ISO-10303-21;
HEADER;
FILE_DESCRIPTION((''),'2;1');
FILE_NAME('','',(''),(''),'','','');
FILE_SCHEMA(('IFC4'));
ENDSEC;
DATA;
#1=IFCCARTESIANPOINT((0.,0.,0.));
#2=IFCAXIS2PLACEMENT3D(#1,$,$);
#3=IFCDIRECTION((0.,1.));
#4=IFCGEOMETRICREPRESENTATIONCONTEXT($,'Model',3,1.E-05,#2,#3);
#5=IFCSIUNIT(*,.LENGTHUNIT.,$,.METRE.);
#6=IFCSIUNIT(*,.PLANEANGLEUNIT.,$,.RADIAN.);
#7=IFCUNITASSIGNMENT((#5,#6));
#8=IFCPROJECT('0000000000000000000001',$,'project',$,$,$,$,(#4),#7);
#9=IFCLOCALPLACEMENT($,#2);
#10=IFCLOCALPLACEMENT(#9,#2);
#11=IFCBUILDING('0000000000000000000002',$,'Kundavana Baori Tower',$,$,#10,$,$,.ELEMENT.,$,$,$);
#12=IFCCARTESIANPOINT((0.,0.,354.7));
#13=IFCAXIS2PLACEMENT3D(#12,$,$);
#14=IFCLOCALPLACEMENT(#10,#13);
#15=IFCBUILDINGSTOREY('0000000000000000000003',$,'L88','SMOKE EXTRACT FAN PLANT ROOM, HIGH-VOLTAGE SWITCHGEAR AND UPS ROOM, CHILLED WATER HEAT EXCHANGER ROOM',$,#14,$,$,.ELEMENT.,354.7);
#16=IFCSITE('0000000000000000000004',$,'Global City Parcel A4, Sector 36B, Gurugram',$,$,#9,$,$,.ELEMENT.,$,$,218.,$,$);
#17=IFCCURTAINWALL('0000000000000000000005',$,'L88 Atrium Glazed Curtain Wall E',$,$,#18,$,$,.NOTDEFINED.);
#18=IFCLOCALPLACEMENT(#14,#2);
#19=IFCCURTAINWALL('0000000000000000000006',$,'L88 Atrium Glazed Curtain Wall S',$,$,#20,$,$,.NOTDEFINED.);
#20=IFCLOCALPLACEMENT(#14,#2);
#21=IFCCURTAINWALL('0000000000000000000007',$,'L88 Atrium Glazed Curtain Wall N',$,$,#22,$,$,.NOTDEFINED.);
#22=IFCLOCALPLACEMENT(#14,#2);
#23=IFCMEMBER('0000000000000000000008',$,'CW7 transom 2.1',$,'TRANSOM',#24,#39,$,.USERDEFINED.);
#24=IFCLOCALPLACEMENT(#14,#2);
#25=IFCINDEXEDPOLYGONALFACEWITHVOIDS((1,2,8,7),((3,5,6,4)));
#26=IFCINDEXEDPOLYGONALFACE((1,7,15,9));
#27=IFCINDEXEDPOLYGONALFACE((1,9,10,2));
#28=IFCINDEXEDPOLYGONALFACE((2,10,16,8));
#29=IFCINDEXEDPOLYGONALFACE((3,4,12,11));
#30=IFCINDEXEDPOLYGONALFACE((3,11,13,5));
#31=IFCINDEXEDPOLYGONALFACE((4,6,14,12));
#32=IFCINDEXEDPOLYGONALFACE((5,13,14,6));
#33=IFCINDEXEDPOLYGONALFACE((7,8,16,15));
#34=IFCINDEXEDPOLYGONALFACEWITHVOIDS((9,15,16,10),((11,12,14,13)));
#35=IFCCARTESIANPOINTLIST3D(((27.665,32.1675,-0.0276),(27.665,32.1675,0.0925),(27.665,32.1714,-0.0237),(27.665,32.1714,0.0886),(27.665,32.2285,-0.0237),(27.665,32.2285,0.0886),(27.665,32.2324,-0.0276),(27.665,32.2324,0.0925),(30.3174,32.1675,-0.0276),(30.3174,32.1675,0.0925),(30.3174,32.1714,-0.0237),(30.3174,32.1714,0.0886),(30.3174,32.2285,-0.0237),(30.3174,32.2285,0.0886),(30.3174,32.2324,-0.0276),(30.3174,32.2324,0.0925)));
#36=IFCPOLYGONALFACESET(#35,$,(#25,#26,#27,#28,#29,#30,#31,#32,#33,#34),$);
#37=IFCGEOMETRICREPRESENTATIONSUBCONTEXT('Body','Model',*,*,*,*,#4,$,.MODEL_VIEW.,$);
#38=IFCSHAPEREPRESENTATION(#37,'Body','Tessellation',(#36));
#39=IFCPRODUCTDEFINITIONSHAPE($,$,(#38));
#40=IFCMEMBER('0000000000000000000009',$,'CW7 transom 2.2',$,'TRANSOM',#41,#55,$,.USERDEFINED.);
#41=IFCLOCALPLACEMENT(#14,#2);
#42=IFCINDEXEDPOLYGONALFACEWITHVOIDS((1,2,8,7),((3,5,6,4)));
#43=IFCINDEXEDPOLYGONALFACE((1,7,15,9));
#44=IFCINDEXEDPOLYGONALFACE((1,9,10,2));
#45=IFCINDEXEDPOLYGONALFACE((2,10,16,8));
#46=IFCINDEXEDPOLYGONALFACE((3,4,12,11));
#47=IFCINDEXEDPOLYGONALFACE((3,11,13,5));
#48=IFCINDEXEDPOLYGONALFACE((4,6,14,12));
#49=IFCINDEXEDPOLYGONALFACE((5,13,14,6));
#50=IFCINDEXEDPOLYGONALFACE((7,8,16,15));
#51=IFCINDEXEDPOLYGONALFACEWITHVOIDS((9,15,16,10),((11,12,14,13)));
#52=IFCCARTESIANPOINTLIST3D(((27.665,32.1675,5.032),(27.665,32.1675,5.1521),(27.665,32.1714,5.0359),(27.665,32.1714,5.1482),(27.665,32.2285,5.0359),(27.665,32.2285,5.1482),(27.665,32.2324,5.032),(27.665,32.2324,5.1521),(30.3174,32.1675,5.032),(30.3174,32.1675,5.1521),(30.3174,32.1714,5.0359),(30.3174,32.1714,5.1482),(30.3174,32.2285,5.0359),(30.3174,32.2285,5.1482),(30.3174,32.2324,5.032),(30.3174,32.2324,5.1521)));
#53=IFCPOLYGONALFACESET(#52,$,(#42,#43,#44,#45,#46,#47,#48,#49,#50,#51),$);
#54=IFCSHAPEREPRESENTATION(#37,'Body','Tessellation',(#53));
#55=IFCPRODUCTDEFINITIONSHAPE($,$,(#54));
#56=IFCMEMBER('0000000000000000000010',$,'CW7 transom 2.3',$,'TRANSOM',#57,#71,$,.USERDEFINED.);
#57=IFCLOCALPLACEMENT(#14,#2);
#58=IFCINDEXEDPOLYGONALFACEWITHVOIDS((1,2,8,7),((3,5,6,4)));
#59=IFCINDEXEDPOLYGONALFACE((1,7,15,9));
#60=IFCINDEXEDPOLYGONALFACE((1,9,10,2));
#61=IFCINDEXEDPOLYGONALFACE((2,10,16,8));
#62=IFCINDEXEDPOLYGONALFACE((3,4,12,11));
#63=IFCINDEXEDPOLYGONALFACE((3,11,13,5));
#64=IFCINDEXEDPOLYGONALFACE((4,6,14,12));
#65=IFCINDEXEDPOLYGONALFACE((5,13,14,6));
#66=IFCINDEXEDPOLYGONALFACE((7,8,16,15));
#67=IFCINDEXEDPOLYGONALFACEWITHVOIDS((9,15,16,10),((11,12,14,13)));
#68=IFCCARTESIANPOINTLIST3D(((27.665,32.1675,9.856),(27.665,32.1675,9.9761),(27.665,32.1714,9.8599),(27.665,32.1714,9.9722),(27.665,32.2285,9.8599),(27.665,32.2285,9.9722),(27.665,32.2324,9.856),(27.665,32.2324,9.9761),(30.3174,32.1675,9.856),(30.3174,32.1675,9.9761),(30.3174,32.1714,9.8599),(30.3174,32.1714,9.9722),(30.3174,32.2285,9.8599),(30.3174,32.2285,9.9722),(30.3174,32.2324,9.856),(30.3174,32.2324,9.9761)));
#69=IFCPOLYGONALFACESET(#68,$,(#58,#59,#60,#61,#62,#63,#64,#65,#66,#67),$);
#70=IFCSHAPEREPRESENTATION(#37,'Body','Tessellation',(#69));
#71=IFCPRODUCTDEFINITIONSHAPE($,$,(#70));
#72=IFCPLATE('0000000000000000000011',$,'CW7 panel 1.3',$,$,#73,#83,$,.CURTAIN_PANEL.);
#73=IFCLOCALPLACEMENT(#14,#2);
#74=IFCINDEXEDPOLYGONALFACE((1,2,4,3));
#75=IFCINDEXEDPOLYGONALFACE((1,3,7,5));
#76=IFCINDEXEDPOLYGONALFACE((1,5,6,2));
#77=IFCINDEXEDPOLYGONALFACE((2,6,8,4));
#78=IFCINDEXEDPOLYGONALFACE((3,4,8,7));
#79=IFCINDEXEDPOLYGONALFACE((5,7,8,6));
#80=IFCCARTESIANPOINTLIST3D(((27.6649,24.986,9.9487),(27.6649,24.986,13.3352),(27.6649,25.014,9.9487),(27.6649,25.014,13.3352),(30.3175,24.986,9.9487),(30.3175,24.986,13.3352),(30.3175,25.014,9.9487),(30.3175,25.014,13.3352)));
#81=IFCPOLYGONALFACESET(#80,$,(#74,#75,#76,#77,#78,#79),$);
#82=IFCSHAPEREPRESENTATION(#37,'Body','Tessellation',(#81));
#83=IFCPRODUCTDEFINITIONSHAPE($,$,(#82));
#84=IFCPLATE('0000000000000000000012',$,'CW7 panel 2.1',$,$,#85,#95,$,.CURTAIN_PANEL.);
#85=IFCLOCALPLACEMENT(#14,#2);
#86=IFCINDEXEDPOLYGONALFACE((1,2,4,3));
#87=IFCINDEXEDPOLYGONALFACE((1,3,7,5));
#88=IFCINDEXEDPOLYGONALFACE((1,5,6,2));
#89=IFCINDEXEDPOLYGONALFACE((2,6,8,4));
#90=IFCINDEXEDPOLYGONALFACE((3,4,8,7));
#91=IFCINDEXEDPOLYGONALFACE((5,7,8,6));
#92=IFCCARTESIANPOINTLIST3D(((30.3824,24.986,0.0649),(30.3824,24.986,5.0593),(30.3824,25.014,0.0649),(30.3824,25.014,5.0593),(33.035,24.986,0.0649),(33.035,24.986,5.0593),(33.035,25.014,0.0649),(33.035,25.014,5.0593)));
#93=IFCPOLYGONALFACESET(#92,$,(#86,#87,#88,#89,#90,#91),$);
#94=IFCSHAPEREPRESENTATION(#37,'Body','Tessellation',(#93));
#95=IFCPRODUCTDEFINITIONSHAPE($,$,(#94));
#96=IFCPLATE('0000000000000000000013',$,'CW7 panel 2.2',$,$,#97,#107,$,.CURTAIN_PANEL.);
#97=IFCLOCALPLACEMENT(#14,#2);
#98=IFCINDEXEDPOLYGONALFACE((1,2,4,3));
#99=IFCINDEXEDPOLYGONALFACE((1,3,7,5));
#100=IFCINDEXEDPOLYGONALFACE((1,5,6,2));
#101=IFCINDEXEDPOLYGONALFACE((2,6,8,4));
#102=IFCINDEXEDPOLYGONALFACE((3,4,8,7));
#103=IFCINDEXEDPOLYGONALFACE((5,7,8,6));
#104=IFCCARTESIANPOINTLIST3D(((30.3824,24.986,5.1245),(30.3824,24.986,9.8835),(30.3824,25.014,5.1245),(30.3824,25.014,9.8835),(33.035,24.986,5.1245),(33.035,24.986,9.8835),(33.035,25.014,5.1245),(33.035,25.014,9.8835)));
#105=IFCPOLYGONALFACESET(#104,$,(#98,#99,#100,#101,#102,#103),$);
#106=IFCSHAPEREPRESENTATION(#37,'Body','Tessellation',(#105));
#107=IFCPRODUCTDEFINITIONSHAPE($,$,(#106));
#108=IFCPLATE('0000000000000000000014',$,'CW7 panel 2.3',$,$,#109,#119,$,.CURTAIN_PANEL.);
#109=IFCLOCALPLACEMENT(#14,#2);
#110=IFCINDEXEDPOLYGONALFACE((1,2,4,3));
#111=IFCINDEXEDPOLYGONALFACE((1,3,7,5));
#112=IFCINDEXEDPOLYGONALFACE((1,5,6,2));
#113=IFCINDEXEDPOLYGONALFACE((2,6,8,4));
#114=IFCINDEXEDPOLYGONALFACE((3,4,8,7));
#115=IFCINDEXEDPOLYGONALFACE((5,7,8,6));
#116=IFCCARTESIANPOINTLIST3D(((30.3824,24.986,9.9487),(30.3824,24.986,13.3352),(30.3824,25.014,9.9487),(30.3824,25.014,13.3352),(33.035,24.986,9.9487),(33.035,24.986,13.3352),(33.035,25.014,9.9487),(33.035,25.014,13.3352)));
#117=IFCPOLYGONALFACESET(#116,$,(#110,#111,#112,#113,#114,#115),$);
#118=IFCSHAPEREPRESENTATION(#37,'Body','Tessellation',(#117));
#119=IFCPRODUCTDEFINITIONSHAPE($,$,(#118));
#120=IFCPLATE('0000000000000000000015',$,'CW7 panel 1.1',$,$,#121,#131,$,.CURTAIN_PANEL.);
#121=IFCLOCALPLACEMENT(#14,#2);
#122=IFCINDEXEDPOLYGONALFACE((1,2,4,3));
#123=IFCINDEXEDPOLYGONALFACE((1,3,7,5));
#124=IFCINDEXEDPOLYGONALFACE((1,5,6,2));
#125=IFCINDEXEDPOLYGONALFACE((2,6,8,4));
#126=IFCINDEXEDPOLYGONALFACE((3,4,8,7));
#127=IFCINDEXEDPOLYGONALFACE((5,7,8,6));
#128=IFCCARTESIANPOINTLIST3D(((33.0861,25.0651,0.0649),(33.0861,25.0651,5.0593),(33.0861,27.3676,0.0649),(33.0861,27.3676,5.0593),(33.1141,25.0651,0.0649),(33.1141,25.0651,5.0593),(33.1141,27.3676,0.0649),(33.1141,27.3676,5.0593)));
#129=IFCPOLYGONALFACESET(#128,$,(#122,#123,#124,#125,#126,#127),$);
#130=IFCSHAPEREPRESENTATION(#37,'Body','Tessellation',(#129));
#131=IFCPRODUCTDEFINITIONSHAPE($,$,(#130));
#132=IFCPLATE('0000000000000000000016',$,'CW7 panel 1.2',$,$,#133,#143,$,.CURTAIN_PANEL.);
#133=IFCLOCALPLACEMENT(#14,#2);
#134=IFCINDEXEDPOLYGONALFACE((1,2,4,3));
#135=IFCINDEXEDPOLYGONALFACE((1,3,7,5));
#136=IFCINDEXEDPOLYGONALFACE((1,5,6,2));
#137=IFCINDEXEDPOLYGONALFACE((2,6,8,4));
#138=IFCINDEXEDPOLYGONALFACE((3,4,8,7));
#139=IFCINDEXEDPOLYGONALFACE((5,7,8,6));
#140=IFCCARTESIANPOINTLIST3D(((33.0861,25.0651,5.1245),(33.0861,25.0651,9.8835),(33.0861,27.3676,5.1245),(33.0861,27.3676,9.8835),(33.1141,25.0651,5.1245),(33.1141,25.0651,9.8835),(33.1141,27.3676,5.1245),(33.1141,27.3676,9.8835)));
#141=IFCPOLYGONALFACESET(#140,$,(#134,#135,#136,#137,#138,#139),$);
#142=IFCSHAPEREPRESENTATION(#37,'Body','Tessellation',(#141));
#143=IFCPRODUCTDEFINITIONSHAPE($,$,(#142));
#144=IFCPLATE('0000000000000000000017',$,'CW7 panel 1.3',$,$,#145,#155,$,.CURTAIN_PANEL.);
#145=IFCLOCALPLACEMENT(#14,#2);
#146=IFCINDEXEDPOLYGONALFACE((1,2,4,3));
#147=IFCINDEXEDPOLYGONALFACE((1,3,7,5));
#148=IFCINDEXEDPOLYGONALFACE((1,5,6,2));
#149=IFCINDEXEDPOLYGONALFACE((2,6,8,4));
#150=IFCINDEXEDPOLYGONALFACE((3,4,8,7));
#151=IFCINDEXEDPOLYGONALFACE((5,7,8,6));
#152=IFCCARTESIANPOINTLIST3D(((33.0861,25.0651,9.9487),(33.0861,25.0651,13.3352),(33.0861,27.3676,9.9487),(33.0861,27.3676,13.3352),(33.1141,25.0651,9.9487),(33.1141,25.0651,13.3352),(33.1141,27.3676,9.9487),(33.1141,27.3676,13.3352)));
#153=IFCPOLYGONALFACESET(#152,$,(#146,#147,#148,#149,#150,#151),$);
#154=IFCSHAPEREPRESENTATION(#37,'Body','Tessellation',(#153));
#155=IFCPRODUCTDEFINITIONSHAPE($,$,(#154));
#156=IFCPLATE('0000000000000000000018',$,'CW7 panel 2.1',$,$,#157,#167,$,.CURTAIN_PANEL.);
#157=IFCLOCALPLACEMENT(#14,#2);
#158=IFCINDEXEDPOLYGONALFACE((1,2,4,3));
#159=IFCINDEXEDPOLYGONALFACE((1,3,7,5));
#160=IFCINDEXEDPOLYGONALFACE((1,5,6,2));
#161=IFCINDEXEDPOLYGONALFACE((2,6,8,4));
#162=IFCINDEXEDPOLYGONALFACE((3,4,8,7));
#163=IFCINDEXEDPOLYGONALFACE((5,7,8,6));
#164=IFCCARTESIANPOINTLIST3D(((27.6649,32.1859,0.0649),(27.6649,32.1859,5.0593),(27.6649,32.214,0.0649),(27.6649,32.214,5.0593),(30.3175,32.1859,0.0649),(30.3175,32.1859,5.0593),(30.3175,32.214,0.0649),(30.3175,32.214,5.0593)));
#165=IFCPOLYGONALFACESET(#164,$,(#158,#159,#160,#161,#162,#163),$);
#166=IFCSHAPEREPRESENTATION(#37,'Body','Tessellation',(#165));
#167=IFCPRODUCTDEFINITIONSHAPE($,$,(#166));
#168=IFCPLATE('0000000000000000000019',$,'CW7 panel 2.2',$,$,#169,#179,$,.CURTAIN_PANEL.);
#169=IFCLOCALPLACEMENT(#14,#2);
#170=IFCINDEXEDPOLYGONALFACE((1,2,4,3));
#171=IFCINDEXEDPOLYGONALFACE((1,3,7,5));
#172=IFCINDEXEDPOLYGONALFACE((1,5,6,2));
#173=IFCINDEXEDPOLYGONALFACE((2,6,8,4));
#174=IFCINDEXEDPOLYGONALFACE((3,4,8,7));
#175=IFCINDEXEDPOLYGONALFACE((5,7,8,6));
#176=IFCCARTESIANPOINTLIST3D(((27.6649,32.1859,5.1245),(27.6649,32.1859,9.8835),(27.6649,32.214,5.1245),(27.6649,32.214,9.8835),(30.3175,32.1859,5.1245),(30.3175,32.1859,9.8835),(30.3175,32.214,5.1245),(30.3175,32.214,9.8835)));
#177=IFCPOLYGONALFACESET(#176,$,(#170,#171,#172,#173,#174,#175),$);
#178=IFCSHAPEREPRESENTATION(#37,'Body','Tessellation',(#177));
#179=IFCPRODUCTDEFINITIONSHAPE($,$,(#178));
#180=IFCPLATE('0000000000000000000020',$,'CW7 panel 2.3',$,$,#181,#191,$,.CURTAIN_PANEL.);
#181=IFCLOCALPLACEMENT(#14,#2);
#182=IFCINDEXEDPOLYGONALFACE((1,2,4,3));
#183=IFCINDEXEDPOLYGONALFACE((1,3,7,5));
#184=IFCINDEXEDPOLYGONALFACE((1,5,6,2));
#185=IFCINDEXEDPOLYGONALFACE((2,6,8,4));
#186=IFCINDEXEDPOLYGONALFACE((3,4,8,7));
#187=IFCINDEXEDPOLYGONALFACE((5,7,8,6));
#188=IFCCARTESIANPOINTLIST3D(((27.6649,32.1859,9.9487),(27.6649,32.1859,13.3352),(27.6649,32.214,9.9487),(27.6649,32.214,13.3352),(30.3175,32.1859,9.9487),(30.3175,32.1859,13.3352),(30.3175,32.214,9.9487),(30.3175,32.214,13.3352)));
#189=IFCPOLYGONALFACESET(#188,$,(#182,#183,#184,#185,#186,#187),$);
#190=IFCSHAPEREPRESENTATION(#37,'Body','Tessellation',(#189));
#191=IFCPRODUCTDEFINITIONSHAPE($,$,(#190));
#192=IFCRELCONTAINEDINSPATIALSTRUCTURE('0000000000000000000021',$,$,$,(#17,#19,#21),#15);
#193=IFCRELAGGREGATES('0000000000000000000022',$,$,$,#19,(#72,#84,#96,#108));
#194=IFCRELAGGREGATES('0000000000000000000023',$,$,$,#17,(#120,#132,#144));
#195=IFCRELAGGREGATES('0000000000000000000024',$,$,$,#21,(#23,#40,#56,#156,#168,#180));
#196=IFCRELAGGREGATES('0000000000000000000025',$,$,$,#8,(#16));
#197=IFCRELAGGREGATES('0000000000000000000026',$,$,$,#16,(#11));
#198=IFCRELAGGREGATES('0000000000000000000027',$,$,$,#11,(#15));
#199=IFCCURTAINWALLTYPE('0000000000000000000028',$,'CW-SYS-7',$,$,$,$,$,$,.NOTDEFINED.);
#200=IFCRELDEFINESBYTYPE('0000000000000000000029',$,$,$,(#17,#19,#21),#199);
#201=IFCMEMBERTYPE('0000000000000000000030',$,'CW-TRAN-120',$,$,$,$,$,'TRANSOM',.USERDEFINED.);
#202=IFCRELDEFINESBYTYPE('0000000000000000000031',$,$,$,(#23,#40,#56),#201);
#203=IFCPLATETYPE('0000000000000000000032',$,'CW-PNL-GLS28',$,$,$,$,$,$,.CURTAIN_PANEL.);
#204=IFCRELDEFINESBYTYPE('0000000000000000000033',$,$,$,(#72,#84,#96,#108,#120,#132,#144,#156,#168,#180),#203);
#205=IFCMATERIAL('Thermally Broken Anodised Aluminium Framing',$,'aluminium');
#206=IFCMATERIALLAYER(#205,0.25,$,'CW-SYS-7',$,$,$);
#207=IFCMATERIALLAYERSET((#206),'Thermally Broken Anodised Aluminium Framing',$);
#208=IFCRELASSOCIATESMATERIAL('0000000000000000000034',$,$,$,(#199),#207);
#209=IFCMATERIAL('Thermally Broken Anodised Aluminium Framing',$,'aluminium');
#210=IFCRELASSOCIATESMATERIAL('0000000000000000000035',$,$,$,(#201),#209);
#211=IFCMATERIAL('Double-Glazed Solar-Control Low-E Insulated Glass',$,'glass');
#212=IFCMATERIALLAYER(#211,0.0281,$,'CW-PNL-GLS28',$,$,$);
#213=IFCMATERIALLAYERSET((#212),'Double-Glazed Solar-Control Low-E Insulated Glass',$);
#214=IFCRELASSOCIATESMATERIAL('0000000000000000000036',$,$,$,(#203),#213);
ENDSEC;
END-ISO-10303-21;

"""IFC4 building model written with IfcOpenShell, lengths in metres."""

from ifc_helpers import new_model, si_unit, direction, frame, origin, origin_2d, place, context, subcontext, project, spatial, rectangle, hollow_rectangle, extrude, material, layer, layer_set, material_profile, profile_set, type_object, element, aggregate, save


model = new_model("IFC4")

# Units and contexts
model_context = context("Model", 3, precision=1e-05, world=origin(), true_north=direction((0.0, 1.0)))
body_context = subcontext(model_context, "Body", "Model", "MODEL_VIEW")
ifc_project = project(units=[si_unit("LENGTHUNIT", "METRE"), si_unit("PLANEANGLEUNIT", "RADIAN")], contexts=[model_context])

# Site, building, storey
site_placement = place(None, origin())
site = spatial("IfcSite", under=ifc_project, at=site_placement, Name="Global City Parcel A4, Sector 36B, Gurugram", CompositionType="ELEMENT", RefElevation=218.0)
building_placement = place(site_placement, origin())
building = spatial("IfcBuilding", under=site, at=building_placement, Name="Kundavana Baori Tower", CompositionType="ELEMENT")
storey_placement = place(building_placement, frame((0.0, 0.0, 354.7)))
storey = spatial("IfcBuildingStorey", under=building, at=storey_placement, Name="L88", Description="SMOKE EXTRACT FAN PLANT ROOM, HIGH-VOLTAGE SWITCHGEAR AND UPS ROOM, CHILLED WATER HEAT EXCHANGER ROOM", CompositionType="ELEMENT", Elevation=354.7)

# Curtain walls
ifc_material_1 = material(Name="Thermally Broken Anodised Aluminium Framing", Category="aluminium")
ifc_layer_1 = layer(ifc_material_1, 0.25, Name="CW-SYS-7")
ifc_layer_set_1 = layer_set([ifc_layer_1], Name="Thermally Broken Anodised Aluminium Framing")
curtain_wall_type = type_object("IfcCurtainWallType", Name="CW-SYS-7", PredefinedType="NOTDEFINED", material=ifc_layer_set_1)
curtain_wall_1_placement = place(storey_placement, origin())
curtain_wall_1 = element("IfcCurtainWall", 1, at=curtain_wall_1_placement, inside=storey, type_object=curtain_wall_type, Name="L88 Atrium Glazed Curtain Wall E", PredefinedType="NOTDEFINED")
curtain_wall_2_placement = place(storey_placement, origin())
curtain_wall_2 = element("IfcCurtainWall", 2, at=curtain_wall_2_placement, inside=storey, type_object=curtain_wall_type, Name="L88 Atrium Glazed Curtain Wall S", PredefinedType="NOTDEFINED")
ifc_material_2 = material(Name="Thermally Broken Anodised Aluminium Framing", Category="aluminium")
ifc_material_profile_1 = material_profile(ifc_material_2, hollow_rectangle(XDim=0.0649, YDim=0.1201, WallThickness=0.0039, at=origin_2d()), Name="CW-TRAN-120")
ifc_profile_set_1 = profile_set([ifc_material_profile_1], Name="Thermally Broken Anodised Aluminium Framing")
member_type_1 = type_object("IfcMemberType", Name="CW-TRAN-120", ElementType="TRANSOM", PredefinedType="USERDEFINED", material=ifc_profile_set_1)

# Curtain wall, members
curtain_wall_3_placement = place(storey_placement, origin())
curtain_wall_3 = element("IfcCurtainWall", 3, at=curtain_wall_3_placement, inside=storey, type_object=curtain_wall_type, Name="L88 Atrium Glazed Curtain Wall N", PredefinedType="NOTDEFINED")
member_1_placement = place(storey_placement, frame((30.3174, 32.2, 0.0325), z_axis=(-1.0, 0.0, 0.0), x_axis=(0.0, -1.0, 0.0)))
member_1 = element("IfcMember", 4, at=member_1_placement, type_object=member_type_1, Name="CW7 transom 2.1", ObjectType="TRANSOM", PredefinedType="USERDEFINED", context=body_context, shape_type="SweptSolid", body=[
    extrude(hollow_rectangle(XDim=0.0649, YDim=0.1201, WallThickness=0.0039, at=origin_2d()), origin(), (0.0, 0.0, 1.0), 2.6523),
])
member_2_placement = place(storey_placement, frame((30.3174, 32.2, 5.092), z_axis=(-1.0, 0.0, 0.0), x_axis=(0.0, -1.0, 0.0)))
member_2 = element("IfcMember", 5, at=member_2_placement, type_object=member_type_1, Name="CW7 transom 2.2", ObjectType="TRANSOM", PredefinedType="USERDEFINED", context=body_context, shape_type="SweptSolid", body=[
    extrude(hollow_rectangle(XDim=0.0649, YDim=0.1201, WallThickness=0.0039, at=origin_2d()), origin(), (0.0, 0.0, 1.0), 2.6523),
])
member_3_placement = place(storey_placement, frame((30.3174, 32.2, 9.916), z_axis=(-1.0, 0.0, 0.0), x_axis=(0.0, -1.0, 0.0)))
member_3 = element("IfcMember", 6, at=member_3_placement, type_object=member_type_1, Name="CW7 transom 2.3", ObjectType="TRANSOM", PredefinedType="USERDEFINED", context=body_context, shape_type="SweptSolid", body=[
    extrude(hollow_rectangle(XDim=0.0649, YDim=0.1201, WallThickness=0.0039, at=origin_2d()), origin(), (0.0, 0.0, 1.0), 2.6523),
])

# Plates
ifc_material_3 = material(Name="Double-Glazed Solar-Control Low-E Insulated Glass", Category="glass")
ifc_layer_2 = layer(ifc_material_3, 0.0281, Name="CW-PNL-GLS28")
ifc_layer_set_2 = layer_set([ifc_layer_2], Name="Double-Glazed Solar-Control Low-E Insulated Glass")
plate_type = type_object("IfcPlateType", Name="CW-PNL-GLS28", PredefinedType="CURTAIN_PANEL", material=ifc_layer_set_2)
plate_1_placement = place(storey_placement, frame((28.9912, 25.0, 9.9487), z_axis=(0.0, 0.0, 1.0), x_axis=(1.0, 0.0, 0.0)))
plate_1 = element("IfcPlate", 7, at=plate_1_placement, type_object=plate_type, Name="CW7 panel 1.3", PredefinedType="CURTAIN_PANEL", context=body_context, shape_type="SweptSolid", body=[
    extrude(rectangle(XDim=2.6526, YDim=0.0281, at=origin_2d()), origin(), (0.0, 0.0, 1.0), 3.3865),
])
plate_2_placement = place(storey_placement, frame((31.7087, 25.0, 0.0649), z_axis=(0.0, 0.0, 1.0), x_axis=(1.0, 0.0, 0.0)))
plate_2 = element("IfcPlate", 8, at=plate_2_placement, type_object=plate_type, Name="CW7 panel 2.1", PredefinedType="CURTAIN_PANEL", context=body_context, shape_type="SweptSolid", body=[
    extrude(rectangle(XDim=2.6526, YDim=0.0281, at=origin_2d()), origin(), (0.0, 0.0, 1.0), 4.9944),
])
plate_3_placement = place(storey_placement, frame((31.7087, 25.0, 5.1245), z_axis=(0.0, 0.0, 1.0), x_axis=(1.0, 0.0, 0.0)))
plate_3 = element("IfcPlate", 9, at=plate_3_placement, type_object=plate_type, Name="CW7 panel 2.2", PredefinedType="CURTAIN_PANEL", context=body_context, shape_type="SweptSolid", body=[
    extrude(rectangle(XDim=2.6526, YDim=0.0281, at=origin_2d()), origin(), (0.0, 0.0, 1.0), 4.759),
])
plate_4_placement = place(storey_placement, frame((31.7087, 25.0, 9.9487), z_axis=(0.0, 0.0, 1.0), x_axis=(1.0, 0.0, 0.0)))
plate_4 = element("IfcPlate", 10, at=plate_4_placement, type_object=plate_type, Name="CW7 panel 2.3", PredefinedType="CURTAIN_PANEL", context=body_context, shape_type="SweptSolid", body=[
    extrude(rectangle(XDim=2.6526, YDim=0.0281, at=origin_2d()), origin(), (0.0, 0.0, 1.0), 3.3865),
])
aggregate(curtain_wall_2, [plate_1, plate_2, plate_3, plate_4])
plate_5_placement = place(storey_placement, frame((33.1001, 26.2163, 0.0649), z_axis=(0.0, 0.0, 1.0), x_axis=(0.0, 1.0, 0.0)))
plate_5 = element("IfcPlate", 11, at=plate_5_placement, type_object=plate_type, Name="CW7 panel 1.1", PredefinedType="CURTAIN_PANEL", context=body_context, shape_type="SweptSolid", body=[
    extrude(rectangle(XDim=2.3025, YDim=0.0281, at=origin_2d()), origin(), (0.0, 0.0, 1.0), 4.9944),
])
plate_6_placement = place(storey_placement, frame((33.1001, 26.2163, 5.1245), z_axis=(0.0, 0.0, 1.0), x_axis=(0.0, 1.0, 0.0)))
plate_6 = element("IfcPlate", 12, at=plate_6_placement, type_object=plate_type, Name="CW7 panel 1.2", PredefinedType="CURTAIN_PANEL", context=body_context, shape_type="SweptSolid", body=[
    extrude(rectangle(XDim=2.3025, YDim=0.0281, at=origin_2d()), origin(), (0.0, 0.0, 1.0), 4.759),
])
plate_7_placement = place(storey_placement, frame((33.1001, 26.2163, 9.9487), z_axis=(0.0, 0.0, 1.0), x_axis=(0.0, 1.0, 0.0)))
plate_7 = element("IfcPlate", 13, at=plate_7_placement, type_object=plate_type, Name="CW7 panel 1.3", PredefinedType="CURTAIN_PANEL", context=body_context, shape_type="SweptSolid", body=[
    extrude(rectangle(XDim=2.3025, YDim=0.0281, at=origin_2d()), origin(), (0.0, 0.0, 1.0), 3.3865),
])
aggregate(curtain_wall_1, [plate_5, plate_6, plate_7])
plate_8_placement = place(storey_placement, frame((28.9912, 32.2, 0.0649), z_axis=(0.0, 0.0, 1.0), x_axis=(-1.0, 0.0, 0.0)))
plate_8 = element("IfcPlate", 14, at=plate_8_placement, type_object=plate_type, Name="CW7 panel 2.1", PredefinedType="CURTAIN_PANEL", context=body_context, shape_type="SweptSolid", body=[
    extrude(rectangle(XDim=2.6526, YDim=0.0281, at=origin_2d()), origin(), (0.0, 0.0, 1.0), 4.9944),
])
plate_9_placement = place(storey_placement, frame((28.9912, 32.2, 5.1245), z_axis=(0.0, 0.0, 1.0), x_axis=(-1.0, 0.0, 0.0)))
plate_9 = element("IfcPlate", 15, at=plate_9_placement, type_object=plate_type, Name="CW7 panel 2.2", PredefinedType="CURTAIN_PANEL", context=body_context, shape_type="SweptSolid", body=[
    extrude(rectangle(XDim=2.6526, YDim=0.0281, at=origin_2d()), origin(), (0.0, 0.0, 1.0), 4.759),
])
plate_10_placement = place(storey_placement, frame((28.9912, 32.2, 9.9487), z_axis=(0.0, 0.0, 1.0), x_axis=(-1.0, 0.0, 0.0)))
plate_10 = element("IfcPlate", 16, at=plate_10_placement, type_object=plate_type, Name="CW7 panel 2.3", PredefinedType="CURTAIN_PANEL", context=body_context, shape_type="SweptSolid", body=[
    extrude(rectangle(XDim=2.6526, YDim=0.0281, at=origin_2d()), origin(), (0.0, 0.0, 1.0), 3.3865),
])
aggregate(curtain_wall_3, [member_1, member_2, member_3, plate_8, plate_9, plate_10])

save(model, "model.ifc")
